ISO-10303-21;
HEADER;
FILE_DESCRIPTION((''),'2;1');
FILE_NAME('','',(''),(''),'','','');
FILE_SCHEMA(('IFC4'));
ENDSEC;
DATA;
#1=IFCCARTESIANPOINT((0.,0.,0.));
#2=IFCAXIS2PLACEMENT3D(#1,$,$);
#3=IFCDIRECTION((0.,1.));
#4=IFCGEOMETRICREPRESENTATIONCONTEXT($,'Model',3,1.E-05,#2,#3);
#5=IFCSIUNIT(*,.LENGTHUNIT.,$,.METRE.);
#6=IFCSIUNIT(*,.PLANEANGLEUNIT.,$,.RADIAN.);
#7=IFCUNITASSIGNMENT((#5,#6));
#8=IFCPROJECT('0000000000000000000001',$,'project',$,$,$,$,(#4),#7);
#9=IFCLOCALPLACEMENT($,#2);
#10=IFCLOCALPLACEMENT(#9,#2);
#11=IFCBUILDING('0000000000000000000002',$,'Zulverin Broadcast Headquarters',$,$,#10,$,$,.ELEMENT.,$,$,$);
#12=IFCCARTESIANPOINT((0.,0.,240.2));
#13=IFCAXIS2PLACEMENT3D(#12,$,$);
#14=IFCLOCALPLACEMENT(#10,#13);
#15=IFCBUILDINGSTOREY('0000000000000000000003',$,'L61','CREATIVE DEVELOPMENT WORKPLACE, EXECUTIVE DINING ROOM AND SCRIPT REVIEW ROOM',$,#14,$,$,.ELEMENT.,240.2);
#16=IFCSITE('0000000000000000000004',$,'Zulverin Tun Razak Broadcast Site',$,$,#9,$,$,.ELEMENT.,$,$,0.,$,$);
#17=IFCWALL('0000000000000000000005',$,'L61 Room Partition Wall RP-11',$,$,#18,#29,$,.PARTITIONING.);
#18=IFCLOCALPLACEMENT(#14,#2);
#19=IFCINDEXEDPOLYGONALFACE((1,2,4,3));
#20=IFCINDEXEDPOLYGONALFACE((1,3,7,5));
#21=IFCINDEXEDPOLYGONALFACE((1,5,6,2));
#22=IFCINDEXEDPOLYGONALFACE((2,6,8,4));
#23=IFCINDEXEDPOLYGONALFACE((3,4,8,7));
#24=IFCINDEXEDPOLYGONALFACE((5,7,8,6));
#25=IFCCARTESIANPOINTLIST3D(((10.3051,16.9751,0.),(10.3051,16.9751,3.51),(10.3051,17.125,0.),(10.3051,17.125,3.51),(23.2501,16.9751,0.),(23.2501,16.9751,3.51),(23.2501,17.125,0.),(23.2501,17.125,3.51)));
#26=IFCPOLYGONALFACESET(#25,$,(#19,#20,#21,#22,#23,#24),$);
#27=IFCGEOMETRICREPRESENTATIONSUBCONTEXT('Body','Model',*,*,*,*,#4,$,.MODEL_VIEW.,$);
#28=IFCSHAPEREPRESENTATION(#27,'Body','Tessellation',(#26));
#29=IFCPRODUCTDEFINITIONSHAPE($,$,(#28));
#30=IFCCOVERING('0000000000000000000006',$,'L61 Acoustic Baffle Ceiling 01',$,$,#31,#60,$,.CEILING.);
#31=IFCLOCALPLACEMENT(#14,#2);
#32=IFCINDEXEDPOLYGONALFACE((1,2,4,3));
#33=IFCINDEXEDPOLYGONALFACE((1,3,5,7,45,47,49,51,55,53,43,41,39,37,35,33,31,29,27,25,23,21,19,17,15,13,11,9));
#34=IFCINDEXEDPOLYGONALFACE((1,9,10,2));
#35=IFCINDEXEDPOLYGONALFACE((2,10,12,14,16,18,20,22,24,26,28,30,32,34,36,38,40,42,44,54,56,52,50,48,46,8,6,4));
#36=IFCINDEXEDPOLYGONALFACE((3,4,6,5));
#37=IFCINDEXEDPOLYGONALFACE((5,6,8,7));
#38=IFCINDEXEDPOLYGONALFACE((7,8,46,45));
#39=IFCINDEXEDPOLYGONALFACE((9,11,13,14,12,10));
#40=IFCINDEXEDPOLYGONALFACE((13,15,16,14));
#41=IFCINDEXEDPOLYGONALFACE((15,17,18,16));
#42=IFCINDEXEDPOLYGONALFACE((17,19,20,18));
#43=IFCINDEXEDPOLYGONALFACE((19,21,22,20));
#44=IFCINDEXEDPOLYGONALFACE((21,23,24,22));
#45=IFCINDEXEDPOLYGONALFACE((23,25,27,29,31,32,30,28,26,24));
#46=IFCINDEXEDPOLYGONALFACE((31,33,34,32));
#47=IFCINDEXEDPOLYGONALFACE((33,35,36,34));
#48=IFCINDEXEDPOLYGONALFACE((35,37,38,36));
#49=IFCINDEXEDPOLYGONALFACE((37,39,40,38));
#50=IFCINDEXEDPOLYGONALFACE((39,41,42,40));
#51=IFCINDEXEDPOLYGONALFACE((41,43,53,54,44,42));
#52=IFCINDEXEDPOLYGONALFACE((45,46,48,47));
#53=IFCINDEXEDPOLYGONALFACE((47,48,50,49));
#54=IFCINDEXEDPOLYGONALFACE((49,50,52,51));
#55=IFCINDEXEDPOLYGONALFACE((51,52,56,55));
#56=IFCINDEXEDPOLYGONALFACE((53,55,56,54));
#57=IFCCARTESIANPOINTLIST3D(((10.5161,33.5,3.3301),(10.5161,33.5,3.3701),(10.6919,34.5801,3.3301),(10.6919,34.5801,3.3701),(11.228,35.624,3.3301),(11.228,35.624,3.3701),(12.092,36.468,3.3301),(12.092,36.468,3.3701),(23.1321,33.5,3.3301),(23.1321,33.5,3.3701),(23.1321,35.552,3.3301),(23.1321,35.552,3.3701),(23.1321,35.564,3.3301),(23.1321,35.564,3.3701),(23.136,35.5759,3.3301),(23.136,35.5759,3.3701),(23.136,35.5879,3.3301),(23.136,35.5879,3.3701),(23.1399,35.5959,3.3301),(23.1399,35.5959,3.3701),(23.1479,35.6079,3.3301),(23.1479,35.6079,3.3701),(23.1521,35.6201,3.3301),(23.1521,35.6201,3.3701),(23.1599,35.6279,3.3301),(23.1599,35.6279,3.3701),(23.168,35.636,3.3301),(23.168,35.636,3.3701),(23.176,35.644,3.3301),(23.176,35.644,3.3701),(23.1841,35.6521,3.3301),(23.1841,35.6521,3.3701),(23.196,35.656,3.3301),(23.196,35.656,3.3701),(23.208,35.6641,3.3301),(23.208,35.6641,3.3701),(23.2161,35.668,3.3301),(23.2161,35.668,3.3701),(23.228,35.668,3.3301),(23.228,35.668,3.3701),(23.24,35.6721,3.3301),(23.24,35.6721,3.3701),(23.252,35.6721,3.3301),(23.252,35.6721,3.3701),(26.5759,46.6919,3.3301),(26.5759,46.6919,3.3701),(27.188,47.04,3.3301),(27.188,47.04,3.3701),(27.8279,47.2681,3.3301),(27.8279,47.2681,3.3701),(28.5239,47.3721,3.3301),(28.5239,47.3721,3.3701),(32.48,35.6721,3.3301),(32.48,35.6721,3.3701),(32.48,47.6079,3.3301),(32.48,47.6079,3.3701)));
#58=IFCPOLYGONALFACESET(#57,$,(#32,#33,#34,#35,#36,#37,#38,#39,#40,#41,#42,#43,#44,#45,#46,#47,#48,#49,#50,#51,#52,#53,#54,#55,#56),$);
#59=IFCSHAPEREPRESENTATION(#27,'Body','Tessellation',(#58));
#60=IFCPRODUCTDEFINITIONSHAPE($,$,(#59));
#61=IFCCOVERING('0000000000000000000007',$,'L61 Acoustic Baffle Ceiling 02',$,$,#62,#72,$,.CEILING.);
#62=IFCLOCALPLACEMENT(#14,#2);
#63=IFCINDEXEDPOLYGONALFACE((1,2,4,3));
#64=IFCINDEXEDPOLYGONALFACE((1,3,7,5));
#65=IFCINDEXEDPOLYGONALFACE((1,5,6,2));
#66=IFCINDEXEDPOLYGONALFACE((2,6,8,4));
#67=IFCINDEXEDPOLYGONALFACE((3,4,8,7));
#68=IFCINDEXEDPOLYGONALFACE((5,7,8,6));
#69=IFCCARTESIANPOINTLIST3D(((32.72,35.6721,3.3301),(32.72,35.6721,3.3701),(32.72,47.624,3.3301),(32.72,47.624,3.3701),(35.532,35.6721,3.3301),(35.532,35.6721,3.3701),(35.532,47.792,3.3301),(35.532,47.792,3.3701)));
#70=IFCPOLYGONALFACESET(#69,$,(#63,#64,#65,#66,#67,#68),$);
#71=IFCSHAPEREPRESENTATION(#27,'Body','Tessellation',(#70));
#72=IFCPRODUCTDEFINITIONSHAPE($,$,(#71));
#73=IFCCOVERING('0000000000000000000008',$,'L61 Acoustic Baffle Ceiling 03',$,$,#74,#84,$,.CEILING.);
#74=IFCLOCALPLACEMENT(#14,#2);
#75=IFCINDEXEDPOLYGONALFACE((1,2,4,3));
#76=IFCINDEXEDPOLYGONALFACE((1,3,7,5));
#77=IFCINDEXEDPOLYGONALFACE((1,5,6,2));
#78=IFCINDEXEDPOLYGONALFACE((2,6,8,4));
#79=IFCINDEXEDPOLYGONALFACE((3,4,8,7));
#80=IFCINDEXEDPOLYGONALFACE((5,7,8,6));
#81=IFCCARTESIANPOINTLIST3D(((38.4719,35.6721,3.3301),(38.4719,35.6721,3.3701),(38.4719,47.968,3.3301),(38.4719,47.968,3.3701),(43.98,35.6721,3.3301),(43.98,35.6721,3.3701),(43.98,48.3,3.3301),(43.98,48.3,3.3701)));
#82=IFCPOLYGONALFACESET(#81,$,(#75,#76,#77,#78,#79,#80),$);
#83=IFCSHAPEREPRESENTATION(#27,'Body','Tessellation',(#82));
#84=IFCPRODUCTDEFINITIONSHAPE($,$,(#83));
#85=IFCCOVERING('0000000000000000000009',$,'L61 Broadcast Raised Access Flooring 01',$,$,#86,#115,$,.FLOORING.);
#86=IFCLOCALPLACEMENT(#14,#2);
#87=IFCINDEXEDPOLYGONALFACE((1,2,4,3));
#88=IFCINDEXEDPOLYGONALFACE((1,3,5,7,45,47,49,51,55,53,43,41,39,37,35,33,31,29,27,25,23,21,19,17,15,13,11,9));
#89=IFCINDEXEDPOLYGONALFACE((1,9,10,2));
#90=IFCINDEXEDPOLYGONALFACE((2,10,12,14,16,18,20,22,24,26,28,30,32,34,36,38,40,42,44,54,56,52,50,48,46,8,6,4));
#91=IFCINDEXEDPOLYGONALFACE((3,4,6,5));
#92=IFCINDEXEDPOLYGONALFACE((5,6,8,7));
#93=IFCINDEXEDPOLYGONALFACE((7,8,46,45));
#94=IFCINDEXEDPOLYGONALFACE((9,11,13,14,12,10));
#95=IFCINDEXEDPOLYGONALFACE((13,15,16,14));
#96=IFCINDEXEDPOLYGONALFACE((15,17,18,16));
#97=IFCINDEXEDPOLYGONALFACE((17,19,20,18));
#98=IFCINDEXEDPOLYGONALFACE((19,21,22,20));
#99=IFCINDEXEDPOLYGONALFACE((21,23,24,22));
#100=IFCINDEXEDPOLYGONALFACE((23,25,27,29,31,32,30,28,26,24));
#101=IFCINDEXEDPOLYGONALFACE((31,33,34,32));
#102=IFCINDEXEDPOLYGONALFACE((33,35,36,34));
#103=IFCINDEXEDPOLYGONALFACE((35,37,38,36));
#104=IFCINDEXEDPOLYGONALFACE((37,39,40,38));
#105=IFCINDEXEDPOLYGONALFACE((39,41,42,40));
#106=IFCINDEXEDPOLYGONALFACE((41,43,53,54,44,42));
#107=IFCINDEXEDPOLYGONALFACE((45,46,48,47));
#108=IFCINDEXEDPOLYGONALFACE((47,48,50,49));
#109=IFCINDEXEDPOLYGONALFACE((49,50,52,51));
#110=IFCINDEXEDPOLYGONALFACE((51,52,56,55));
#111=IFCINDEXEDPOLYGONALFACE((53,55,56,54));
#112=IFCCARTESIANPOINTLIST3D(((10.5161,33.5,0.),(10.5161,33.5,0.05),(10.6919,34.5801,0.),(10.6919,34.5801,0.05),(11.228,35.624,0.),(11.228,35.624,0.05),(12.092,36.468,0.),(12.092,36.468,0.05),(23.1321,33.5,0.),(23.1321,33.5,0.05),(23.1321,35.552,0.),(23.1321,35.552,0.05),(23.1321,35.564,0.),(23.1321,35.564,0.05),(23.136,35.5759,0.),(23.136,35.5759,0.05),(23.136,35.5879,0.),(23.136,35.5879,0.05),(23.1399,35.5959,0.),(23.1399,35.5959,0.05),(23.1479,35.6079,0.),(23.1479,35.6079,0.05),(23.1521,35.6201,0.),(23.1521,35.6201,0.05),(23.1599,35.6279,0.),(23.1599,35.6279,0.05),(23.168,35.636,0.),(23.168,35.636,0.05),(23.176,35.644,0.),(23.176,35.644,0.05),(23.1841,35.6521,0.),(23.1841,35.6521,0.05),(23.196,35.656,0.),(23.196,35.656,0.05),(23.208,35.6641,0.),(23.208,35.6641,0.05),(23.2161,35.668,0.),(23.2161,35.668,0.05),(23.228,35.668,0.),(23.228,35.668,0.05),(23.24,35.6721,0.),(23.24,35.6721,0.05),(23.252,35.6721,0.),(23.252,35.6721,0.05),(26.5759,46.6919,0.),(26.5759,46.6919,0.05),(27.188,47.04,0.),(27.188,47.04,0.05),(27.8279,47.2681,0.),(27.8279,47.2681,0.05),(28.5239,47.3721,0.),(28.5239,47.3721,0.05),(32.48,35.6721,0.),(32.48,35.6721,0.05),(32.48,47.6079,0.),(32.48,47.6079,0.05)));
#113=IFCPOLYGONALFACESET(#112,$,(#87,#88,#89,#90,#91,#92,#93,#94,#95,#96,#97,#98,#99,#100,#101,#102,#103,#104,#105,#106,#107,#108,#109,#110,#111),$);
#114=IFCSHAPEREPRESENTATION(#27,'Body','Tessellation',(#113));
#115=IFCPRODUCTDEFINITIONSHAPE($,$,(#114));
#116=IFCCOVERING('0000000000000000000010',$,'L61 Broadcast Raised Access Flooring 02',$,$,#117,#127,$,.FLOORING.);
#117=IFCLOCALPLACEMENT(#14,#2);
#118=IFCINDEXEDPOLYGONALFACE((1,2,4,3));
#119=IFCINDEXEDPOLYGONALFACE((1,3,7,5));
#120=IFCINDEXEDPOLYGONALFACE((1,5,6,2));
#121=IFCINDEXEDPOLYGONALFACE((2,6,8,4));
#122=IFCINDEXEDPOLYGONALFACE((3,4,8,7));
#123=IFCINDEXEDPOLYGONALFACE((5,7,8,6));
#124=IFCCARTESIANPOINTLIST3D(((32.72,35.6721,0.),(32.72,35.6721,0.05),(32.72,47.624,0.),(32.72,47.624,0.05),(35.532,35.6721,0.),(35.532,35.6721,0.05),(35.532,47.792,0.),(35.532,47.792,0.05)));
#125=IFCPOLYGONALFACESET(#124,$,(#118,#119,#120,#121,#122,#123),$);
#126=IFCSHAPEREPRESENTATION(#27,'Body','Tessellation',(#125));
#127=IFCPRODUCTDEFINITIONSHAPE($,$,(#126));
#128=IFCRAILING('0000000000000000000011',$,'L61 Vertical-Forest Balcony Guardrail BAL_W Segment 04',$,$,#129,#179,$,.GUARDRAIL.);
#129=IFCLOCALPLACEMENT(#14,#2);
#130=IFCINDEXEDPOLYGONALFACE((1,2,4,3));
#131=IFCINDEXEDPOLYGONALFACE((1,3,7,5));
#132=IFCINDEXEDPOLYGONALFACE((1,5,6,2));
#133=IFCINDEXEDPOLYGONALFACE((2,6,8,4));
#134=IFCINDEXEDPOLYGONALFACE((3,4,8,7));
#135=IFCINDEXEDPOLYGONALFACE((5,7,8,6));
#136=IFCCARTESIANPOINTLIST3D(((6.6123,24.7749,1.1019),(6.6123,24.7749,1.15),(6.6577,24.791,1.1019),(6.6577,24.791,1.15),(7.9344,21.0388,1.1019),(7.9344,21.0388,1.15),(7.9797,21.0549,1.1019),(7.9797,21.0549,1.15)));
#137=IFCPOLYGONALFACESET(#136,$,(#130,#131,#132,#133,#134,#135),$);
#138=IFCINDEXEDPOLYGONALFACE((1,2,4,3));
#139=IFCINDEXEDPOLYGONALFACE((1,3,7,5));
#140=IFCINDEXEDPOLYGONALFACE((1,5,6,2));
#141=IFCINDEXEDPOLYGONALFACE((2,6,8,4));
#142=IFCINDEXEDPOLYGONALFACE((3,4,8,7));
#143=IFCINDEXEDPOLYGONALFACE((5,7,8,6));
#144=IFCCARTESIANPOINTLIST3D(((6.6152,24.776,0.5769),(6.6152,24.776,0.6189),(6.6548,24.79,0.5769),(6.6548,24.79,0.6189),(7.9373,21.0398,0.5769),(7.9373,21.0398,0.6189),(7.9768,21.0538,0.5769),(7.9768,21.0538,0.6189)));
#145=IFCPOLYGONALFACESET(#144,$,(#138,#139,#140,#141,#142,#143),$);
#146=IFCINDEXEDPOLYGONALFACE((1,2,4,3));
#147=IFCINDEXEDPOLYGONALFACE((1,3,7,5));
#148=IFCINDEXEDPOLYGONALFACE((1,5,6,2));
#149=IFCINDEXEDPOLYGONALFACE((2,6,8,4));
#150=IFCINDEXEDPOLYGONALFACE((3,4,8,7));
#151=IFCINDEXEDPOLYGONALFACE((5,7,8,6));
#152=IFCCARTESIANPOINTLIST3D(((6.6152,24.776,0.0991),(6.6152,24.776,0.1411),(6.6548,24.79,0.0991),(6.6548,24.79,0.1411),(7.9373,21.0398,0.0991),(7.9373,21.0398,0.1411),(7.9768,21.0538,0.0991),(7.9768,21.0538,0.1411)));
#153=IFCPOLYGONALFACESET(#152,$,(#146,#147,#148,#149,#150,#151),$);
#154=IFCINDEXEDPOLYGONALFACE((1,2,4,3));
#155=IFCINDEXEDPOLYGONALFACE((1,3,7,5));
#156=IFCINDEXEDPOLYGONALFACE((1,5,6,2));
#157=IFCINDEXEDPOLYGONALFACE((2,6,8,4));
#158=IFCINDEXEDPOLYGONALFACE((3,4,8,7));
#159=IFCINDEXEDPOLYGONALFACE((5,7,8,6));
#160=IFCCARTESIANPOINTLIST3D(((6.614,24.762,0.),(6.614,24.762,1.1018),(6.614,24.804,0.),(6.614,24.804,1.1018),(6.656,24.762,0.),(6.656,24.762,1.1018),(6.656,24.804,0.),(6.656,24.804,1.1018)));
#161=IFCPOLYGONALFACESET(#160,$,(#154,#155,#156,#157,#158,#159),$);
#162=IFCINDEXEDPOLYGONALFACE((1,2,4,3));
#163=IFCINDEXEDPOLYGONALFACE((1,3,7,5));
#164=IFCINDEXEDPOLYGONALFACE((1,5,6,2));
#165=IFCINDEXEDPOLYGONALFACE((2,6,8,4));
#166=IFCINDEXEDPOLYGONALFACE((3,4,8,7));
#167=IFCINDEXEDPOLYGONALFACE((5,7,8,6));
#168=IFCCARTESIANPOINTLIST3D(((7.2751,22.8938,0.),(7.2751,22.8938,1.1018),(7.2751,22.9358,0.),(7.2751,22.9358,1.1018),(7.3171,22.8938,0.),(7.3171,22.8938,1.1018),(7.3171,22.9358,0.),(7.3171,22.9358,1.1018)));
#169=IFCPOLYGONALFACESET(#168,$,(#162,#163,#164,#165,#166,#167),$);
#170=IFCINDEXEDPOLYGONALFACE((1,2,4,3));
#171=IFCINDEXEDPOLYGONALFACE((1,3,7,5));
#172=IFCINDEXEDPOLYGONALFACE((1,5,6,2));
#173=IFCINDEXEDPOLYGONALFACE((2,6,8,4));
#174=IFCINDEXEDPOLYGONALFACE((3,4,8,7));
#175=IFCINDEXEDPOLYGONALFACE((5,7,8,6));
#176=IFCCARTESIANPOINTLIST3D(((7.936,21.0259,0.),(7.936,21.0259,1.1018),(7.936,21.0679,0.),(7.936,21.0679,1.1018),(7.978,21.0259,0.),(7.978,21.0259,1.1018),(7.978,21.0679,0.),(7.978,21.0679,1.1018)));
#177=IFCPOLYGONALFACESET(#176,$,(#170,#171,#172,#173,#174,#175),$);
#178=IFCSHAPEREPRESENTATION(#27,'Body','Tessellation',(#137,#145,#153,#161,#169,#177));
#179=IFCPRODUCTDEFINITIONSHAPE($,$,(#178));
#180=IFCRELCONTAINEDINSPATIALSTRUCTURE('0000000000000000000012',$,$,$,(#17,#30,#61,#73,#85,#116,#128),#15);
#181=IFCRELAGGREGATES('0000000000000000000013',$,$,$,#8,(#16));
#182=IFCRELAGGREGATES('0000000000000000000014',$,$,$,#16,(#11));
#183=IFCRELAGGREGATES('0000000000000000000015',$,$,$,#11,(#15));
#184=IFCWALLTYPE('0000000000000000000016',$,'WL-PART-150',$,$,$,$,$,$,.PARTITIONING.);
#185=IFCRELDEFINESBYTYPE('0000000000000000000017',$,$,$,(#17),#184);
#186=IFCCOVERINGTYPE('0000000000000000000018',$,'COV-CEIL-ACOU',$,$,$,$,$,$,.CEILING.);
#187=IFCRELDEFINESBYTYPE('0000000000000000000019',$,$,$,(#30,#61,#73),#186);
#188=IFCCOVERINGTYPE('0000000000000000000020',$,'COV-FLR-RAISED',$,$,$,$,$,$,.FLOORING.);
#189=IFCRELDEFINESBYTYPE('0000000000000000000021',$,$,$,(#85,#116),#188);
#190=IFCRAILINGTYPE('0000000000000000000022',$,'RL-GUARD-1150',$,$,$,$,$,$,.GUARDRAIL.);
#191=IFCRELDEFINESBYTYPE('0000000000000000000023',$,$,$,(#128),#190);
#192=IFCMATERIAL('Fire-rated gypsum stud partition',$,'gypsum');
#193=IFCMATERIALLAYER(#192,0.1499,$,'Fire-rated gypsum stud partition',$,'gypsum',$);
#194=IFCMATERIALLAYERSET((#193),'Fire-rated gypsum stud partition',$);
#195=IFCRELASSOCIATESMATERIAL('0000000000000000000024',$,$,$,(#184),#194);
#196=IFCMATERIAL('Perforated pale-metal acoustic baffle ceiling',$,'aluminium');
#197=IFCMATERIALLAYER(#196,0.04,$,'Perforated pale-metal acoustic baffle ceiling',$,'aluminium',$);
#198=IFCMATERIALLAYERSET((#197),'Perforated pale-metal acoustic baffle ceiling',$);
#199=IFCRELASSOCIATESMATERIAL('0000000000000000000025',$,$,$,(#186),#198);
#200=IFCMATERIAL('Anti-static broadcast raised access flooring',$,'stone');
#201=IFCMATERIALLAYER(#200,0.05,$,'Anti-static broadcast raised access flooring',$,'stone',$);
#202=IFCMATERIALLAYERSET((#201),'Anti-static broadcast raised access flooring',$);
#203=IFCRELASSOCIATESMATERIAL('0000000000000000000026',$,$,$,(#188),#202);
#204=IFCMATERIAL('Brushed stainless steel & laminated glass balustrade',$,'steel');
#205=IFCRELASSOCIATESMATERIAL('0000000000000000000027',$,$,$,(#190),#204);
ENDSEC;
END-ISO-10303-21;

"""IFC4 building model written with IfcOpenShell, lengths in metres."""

from ifc_helpers import new_model, si_unit, direction, frame, frame_2d, origin, origin_2d, place, context, subcontext, project, spatial, polyline, rectangle, outline, extrude, material, layer, layer_set, type_object, element, save


model = new_model("IFC4")

# Units and contexts
model_context = context("Model", 3, precision=1e-05, world=origin(), true_north=direction((0.0, 1.0)))
body_context = subcontext(model_context, "Body", "Model", "MODEL_VIEW")
ifc_project = project(units=[si_unit("LENGTHUNIT", "METRE"), si_unit("PLANEANGLEUNIT", "RADIAN")], contexts=[model_context])

# Site, building, storey
site_placement = place(None, origin())
site = spatial("IfcSite", under=ifc_project, at=site_placement, Name="Zulverin Tun Razak Broadcast Site", CompositionType="ELEMENT", RefElevation=0.0)
building_placement = place(site_placement, origin())
building = spatial("IfcBuilding", under=site, at=building_placement, Name="Zulverin Broadcast Headquarters", CompositionType="ELEMENT")
storey_placement = place(building_placement, frame((0.0, 0.0, 240.2)))
storey = spatial("IfcBuildingStorey", under=building, at=storey_placement, Name="L61", Description="CREATIVE DEVELOPMENT WORKPLACE, EXECUTIVE DINING ROOM AND SCRIPT REVIEW ROOM", CompositionType="ELEMENT", Elevation=240.2)

# Wall
ifc_material_1 = material(Name="Fire-rated gypsum stud partition", Category="gypsum")
ifc_layer_1 = layer(ifc_material_1, 0.1499, Name="Fire-rated gypsum stud partition", Category="gypsum")
ifc_layer_set_1 = layer_set([ifc_layer_1], Name="Fire-rated gypsum stud partition")
wall_type_1 = type_object("IfcWallType", Name="WL-PART-150", PredefinedType="PARTITIONING", material=ifc_layer_set_1)
wall_1_placement = place(storey_placement, frame((10.3049, 17.05, 0.0), z_axis=(0.0, 0.0, 1.0), x_axis=(1.0, 0.0, 0.0)))
element("IfcWall", 1, at=wall_1_placement, inside=storey, type_object=wall_type_1, Name="L61 Room Partition Wall RP-11", PredefinedType="PARTITIONING", context=body_context, shape_type="SweptSolid", body=[
    extrude(rectangle(XDim=12.9451, YDim=0.1499, at=frame_2d((6.4727, 0.0))), origin(), (0.0, 0.0, 1.0), 3.51),
])

# Coverings
ifc_material_2 = material(Name="Perforated pale-metal acoustic baffle ceiling", Category="aluminium")
ifc_layer_2 = layer(ifc_material_2, 0.04, Name="Perforated pale-metal acoustic baffle ceiling", Category="aluminium")
ifc_layer_set_2 = layer_set([ifc_layer_2], Name="Perforated pale-metal acoustic baffle ceiling")
covering_type_1 = type_object("IfcCoveringType", Name="COV-CEIL-ACOU", PredefinedType="CEILING", material=ifc_layer_set_2)
covering_1_placement = place(storey_placement, frame((0.0, 0.0, 3.3301)))
element("IfcCovering", 2, at=covering_1_placement, inside=storey, type_object=covering_type_1, Name="L61 Acoustic Baffle Ceiling 01", PredefinedType="CEILING", context=body_context, shape_type="SweptSolid", body=[
    extrude(outline(polyline([(12.092, 36.468), (11.228, 35.624), (10.6919, 34.5801), (10.5161, 33.5), (23.1321, 33.5), (23.1321, 35.552), (23.1321, 35.564), (23.136, 35.5759), (23.136, 35.5879), (23.1399, 35.5959), (23.1479, 35.6079), (23.1521, 35.6201), (23.1599, 35.6279), (23.168, 35.636), (23.176, 35.644), (23.1841, 35.6521), (23.196, 35.656), (23.208, 35.6641), (23.2161, 35.668), (23.228, 35.668), (23.24, 35.6721), (23.252, 35.6721), (32.48, 35.6721), (32.48, 47.6079), (28.5239, 47.3721), (27.8279, 47.2681), (27.188, 47.04), (26.5759, 46.6919), (12.092, 36.468)])), origin(), (0.0, 0.0, 1.0), 0.04),
])
covering_2_placement = place(storey_placement, frame((0.0, 0.0, 3.3301)))
element("IfcCovering", 3, at=covering_2_placement, inside=storey, type_object=covering_type_1, Name="L61 Acoustic Baffle Ceiling 02", PredefinedType="CEILING", context=body_context, shape_type="SweptSolid", body=[
    extrude(outline(polyline([(35.532, 35.6721), (35.532, 47.792), (32.72, 47.624), (32.72, 35.6721), (35.532, 35.6721)])), origin(), (0.0, 0.0, 1.0), 0.04),
])
covering_3_placement = place(storey_placement, frame((0.0, 0.0, 3.3301)))
element("IfcCovering", 4, at=covering_3_placement, inside=storey, type_object=covering_type_1, Name="L61 Acoustic Baffle Ceiling 03", PredefinedType="CEILING", context=body_context, shape_type="SweptSolid", body=[
    extrude(outline(polyline([(38.4719, 47.968), (38.4719, 35.6721), (43.98, 35.6721), (43.98, 48.3), (38.4719, 47.968)])), origin(), (0.0, 0.0, 1.0), 0.04),
])
ifc_material_3 = material(Name="Anti-static broadcast raised access flooring", Category="stone")
ifc_layer_3 = layer(ifc_material_3, 0.05, Name="Anti-static broadcast raised access flooring", Category="stone")
ifc_layer_set_3 = layer_set([ifc_layer_3], Name="Anti-static broadcast raised access flooring")
covering_type_2 = type_object("IfcCoveringType", Name="COV-FLR-RAISED", PredefinedType="FLOORING", material=ifc_layer_set_3)
covering_4_placement = place(storey_placement, origin())
element("IfcCovering", 5, at=covering_4_placement, inside=storey, type_object=covering_type_2, Name="L61 Broadcast Raised Access Flooring 01", PredefinedType="FLOORING", context=body_context, shape_type="SweptSolid", body=[
    extrude(outline(polyline([(12.092, 36.468), (11.228, 35.624), (10.6919, 34.5801), (10.5161, 33.5), (23.1321, 33.5), (23.1321, 35.552), (23.1321, 35.564), (23.136, 35.5759), (23.136, 35.5879), (23.1399, 35.5959), (23.1479, 35.6079), (23.1521, 35.6201), (23.1599, 35.6279), (23.168, 35.636), (23.176, 35.644), (23.1841, 35.6521), (23.196, 35.656), (23.208, 35.6641), (23.2161, 35.668), (23.228, 35.668), (23.24, 35.6721), (23.252, 35.6721), (32.48, 35.6721), (32.48, 47.6079), (28.5239, 47.3721), (27.8279, 47.2681), (27.188, 47.04), (26.5759, 46.6919), (12.092, 36.468)])), origin(), (0.0, 0.0, 1.0), 0.05),
])
covering_5_placement = place(storey_placement, origin())
element("IfcCovering", 6, at=covering_5_placement, inside=storey, type_object=covering_type_2, Name="L61 Broadcast Raised Access Flooring 02", PredefinedType="FLOORING", context=body_context, shape_type="SweptSolid", body=[
    extrude(outline(polyline([(35.532, 35.6721), (35.532, 47.792), (32.72, 47.624), (32.72, 35.6721), (35.532, 35.6721)])), origin(), (0.0, 0.0, 1.0), 0.05),
])

# Railing
ifc_material_4 = material(Name="Brushed stainless steel & laminated glass balustrade", Category="steel")
railing_type = type_object("IfcRailingType", Name="RL-GUARD-1150", PredefinedType="GUARDRAIL", material=ifc_material_4)
railing_1_placement = place(storey_placement, frame((6.635, 24.783, 0.0)))
element("IfcRailing", 7, at=railing_1_placement, inside=storey, type_object=railing_type, Name="L61 Vertical-Forest Balcony Guardrail BAL_W Segment 04", PredefinedType="GUARDRAIL", context=body_context, shape_type="SweptSolid", body=[
    extrude(rectangle(XDim=0.0481, YDim=0.0481, at=origin_2d()), frame((0.0, 0.0, 1.126), z_axis=(0.333584, -0.94272, 0.0), x_axis=(0.94272, 0.333584, 0.0)), (0.0, 0.0, 1.0), 3.9631),
    extrude(rectangle(XDim=0.042, YDim=0.042, at=origin_2d()), frame((0.0, 0.0, 0.5979), z_axis=(0.333584, -0.94272, 0.0), x_axis=(0.94272, 0.333584, 0.0)), (0.0, 0.0, 1.0), 3.9631),
    extrude(rectangle(XDim=0.042, YDim=0.042, at=origin_2d()), frame((0.0, 0.0, 0.1201), z_axis=(0.333584, -0.94272, 0.0), x_axis=(0.94272, 0.333584, 0.0)), (0.0, 0.0, 1.0), 3.9631),
    extrude(rectangle(XDim=0.042, YDim=0.042, at=origin_2d()), origin(), (0.0, 0.0, 1.0), 1.1018),
    extrude(rectangle(XDim=0.042, YDim=0.042, at=origin_2d()), frame((0.6611, -1.8682, 0.0)), (0.0, 0.0, 1.0), 1.1018),
    extrude(rectangle(XDim=0.042, YDim=0.042, at=origin_2d()), frame((1.322, -3.7361, 0.0)), (0.0, 0.0, 1.0), 1.1018),
])

save(model, "model.ifc")
